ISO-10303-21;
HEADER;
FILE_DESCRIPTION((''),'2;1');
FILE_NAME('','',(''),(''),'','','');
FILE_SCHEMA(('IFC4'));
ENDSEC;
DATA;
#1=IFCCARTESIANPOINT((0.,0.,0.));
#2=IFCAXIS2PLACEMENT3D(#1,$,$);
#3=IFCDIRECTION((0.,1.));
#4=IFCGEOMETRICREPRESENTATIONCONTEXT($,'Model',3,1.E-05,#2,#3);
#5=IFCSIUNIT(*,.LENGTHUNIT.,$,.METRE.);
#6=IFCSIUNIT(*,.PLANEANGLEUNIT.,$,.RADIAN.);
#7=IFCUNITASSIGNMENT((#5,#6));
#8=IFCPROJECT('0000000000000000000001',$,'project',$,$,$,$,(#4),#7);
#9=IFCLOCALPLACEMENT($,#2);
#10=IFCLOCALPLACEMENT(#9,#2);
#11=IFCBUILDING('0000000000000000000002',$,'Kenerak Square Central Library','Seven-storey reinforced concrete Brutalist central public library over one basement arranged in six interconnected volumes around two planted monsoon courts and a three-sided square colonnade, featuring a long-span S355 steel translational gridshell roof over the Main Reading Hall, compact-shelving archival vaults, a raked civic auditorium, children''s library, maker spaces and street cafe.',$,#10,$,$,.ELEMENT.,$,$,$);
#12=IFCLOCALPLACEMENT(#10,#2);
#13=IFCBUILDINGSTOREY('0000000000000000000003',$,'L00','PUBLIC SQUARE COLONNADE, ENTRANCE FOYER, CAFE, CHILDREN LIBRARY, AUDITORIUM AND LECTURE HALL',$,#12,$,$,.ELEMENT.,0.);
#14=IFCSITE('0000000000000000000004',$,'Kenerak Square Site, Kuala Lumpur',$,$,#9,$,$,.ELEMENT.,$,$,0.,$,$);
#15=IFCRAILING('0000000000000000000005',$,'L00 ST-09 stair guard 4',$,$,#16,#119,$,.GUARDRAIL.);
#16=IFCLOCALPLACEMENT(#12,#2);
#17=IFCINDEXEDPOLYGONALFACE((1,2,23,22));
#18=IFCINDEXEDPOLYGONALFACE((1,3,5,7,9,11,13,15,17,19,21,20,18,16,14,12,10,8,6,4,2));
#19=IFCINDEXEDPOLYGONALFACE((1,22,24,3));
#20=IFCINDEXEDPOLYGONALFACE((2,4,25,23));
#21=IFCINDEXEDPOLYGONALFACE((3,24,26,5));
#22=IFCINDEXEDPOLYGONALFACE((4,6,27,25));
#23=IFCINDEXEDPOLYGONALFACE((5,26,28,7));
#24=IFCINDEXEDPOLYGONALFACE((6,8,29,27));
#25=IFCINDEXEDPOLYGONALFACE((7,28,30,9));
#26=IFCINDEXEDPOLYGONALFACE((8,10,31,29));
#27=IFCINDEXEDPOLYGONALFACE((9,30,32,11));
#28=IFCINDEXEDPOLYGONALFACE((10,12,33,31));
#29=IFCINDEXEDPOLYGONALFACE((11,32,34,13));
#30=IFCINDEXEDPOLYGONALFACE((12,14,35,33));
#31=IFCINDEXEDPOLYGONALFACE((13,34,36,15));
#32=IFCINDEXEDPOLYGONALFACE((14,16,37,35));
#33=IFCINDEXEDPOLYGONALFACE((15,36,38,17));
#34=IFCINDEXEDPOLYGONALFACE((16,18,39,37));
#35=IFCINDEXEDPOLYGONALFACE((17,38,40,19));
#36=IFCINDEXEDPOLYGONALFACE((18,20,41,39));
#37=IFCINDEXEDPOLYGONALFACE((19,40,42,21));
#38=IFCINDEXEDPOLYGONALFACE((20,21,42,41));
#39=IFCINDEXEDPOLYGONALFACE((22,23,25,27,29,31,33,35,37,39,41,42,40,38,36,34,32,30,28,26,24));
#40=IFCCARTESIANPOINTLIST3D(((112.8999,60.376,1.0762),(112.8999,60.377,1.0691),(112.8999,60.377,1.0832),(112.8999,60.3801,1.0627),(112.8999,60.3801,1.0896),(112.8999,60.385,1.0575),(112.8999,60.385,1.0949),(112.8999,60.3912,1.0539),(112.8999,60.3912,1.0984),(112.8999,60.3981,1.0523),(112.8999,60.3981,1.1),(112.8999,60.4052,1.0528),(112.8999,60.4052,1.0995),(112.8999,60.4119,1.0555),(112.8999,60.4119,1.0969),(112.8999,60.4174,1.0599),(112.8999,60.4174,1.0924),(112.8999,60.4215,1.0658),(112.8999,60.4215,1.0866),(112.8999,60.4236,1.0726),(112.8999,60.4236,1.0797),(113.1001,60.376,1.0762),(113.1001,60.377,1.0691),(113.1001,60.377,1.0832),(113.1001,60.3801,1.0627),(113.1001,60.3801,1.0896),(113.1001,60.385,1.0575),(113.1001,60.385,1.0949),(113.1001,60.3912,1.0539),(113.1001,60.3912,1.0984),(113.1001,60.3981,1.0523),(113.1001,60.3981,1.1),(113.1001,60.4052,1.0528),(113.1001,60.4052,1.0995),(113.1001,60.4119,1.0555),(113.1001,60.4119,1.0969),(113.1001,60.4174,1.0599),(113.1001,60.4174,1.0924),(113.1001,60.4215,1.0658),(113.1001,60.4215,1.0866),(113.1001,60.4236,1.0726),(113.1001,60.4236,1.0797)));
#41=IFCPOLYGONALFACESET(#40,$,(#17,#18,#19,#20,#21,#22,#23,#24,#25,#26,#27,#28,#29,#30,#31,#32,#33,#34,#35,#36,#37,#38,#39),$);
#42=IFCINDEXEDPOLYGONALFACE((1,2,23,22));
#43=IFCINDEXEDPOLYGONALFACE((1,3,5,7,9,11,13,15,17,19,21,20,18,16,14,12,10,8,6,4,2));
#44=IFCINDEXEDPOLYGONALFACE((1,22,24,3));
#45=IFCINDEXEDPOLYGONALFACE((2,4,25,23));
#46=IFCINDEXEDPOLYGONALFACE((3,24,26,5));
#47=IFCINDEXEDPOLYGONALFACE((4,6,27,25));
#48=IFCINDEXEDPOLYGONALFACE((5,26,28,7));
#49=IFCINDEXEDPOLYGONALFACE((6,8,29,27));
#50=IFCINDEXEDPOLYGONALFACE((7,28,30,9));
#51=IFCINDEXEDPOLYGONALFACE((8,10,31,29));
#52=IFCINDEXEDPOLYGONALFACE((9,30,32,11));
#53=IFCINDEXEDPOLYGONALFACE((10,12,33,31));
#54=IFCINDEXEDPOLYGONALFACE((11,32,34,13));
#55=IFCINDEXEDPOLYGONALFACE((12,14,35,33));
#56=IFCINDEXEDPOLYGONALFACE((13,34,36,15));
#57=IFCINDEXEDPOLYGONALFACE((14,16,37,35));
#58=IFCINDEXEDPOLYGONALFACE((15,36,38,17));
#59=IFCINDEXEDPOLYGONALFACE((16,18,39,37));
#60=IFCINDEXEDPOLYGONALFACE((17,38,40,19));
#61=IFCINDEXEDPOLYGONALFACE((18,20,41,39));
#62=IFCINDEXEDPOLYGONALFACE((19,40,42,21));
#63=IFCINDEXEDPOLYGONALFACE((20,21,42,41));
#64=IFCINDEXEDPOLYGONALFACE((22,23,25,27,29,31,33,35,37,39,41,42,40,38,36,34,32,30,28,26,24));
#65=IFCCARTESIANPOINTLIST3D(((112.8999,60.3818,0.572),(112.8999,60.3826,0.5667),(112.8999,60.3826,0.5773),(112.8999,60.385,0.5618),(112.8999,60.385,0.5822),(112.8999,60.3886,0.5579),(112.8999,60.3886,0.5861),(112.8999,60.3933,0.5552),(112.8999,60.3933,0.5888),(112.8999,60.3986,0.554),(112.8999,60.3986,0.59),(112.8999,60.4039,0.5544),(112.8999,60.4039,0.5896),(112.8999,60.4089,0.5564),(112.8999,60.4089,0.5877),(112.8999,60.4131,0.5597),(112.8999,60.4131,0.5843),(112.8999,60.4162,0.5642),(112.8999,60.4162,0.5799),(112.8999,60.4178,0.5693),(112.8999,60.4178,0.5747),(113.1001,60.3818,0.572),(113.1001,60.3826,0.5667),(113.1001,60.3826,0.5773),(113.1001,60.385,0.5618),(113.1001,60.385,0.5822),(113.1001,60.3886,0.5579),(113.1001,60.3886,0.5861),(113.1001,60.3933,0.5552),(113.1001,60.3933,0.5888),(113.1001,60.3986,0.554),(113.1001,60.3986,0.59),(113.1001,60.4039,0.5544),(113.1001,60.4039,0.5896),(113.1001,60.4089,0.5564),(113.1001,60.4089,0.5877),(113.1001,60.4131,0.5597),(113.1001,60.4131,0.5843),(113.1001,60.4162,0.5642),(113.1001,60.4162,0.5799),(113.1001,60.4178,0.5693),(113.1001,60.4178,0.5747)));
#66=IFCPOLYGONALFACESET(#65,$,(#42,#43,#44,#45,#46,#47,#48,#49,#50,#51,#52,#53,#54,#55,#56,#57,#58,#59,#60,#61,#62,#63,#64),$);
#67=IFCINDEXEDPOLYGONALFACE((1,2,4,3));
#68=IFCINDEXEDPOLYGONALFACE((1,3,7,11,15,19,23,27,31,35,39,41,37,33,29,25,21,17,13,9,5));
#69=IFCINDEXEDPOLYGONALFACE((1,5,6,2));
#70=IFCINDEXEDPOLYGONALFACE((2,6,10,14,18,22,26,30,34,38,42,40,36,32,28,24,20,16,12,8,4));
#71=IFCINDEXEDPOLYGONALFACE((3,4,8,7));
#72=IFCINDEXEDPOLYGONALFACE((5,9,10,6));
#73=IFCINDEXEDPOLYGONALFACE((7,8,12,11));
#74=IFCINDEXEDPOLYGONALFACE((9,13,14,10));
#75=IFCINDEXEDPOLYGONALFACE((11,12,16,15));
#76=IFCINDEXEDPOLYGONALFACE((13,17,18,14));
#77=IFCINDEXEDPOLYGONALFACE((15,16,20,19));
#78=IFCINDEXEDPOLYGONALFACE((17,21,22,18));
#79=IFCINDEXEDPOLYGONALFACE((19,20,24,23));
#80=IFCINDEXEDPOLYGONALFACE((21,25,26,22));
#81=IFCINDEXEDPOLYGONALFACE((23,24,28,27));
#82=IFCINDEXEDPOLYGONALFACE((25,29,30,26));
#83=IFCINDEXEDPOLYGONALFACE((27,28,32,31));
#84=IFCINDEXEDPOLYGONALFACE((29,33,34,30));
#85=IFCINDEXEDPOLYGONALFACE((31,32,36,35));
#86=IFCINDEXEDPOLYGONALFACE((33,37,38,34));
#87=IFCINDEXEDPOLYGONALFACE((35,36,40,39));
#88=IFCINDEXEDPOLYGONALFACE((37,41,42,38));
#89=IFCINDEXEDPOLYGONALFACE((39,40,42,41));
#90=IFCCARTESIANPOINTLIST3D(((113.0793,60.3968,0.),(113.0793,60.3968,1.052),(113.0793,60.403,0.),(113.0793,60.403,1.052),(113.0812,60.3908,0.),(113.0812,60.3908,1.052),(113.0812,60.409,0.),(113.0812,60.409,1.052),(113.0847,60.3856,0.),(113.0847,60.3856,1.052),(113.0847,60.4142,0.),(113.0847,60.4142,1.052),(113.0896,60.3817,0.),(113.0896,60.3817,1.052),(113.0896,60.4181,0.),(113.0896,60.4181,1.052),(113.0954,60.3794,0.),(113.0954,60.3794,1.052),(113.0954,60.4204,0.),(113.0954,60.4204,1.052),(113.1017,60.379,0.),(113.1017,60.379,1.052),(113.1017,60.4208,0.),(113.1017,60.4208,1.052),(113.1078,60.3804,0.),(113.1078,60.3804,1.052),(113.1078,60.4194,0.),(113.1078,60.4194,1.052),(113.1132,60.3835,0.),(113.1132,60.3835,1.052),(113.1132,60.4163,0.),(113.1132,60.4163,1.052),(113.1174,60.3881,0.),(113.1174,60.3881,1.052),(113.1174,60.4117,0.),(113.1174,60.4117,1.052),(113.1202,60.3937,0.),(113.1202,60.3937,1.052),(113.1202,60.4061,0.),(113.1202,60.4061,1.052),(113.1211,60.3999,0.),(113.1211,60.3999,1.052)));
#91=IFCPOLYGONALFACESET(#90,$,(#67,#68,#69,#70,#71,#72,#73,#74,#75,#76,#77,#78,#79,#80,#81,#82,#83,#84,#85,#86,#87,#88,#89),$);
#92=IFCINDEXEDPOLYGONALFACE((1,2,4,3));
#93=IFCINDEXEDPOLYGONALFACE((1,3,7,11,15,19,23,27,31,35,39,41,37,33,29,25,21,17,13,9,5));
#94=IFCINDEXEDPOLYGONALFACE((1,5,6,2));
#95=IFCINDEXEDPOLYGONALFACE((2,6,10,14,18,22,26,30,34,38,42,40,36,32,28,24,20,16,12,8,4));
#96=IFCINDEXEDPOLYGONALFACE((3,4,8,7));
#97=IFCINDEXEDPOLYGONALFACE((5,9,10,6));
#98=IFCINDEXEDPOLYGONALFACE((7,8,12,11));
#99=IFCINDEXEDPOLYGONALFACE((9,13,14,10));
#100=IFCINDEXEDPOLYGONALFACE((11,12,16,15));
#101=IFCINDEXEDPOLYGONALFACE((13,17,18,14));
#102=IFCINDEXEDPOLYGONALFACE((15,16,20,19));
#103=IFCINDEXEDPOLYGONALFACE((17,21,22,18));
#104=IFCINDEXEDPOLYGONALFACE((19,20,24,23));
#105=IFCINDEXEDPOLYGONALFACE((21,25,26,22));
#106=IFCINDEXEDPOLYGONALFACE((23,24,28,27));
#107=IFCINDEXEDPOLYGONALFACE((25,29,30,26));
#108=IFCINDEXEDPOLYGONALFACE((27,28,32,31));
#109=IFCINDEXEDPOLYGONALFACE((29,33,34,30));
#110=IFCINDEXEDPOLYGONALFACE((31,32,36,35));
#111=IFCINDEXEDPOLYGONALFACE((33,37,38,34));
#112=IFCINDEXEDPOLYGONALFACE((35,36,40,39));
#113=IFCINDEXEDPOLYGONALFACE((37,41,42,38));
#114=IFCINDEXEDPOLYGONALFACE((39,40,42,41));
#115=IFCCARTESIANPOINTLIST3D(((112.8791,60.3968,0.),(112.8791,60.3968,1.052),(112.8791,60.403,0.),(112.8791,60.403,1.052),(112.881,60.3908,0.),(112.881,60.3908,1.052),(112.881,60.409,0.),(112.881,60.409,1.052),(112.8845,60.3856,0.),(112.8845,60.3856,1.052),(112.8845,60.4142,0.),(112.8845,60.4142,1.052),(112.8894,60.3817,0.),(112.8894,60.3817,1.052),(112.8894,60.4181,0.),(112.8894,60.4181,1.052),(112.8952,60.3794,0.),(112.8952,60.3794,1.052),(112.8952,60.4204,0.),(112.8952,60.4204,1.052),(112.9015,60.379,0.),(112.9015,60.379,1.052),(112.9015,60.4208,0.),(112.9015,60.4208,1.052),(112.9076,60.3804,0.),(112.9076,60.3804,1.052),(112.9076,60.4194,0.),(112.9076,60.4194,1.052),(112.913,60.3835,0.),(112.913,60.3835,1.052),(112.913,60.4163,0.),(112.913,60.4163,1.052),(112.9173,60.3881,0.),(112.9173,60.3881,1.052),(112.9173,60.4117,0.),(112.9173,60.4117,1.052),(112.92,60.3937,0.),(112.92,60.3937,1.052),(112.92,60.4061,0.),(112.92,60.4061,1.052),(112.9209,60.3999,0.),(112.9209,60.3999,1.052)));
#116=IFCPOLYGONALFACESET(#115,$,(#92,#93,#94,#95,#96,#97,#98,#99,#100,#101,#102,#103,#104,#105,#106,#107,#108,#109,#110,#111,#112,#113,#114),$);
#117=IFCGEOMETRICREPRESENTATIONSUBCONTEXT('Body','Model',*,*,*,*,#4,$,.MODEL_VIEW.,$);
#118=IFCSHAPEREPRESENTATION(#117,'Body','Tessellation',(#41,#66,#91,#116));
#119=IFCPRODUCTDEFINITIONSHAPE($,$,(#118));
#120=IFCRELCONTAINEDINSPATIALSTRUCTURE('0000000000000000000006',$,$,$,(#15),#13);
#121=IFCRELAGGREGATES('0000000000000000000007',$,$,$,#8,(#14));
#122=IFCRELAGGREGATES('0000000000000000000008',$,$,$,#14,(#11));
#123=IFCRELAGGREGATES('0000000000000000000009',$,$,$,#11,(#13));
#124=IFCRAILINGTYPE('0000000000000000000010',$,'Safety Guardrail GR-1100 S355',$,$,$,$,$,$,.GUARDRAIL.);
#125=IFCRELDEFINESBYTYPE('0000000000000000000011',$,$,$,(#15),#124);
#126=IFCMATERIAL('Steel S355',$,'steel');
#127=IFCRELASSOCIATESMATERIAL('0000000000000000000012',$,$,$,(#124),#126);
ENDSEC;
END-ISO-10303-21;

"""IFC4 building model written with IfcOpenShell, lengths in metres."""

from ifc_helpers import new_model, si_unit, direction, frame, origin, origin_2d, place, context, subcontext, project, spatial, circle, extrude, material, type_object, element, save


model = new_model("IFC4")

# Units and contexts
model_context = context("Model", 3, precision=1e-05, world=origin(), true_north=direction((0.0, 1.0)))
body_context = subcontext(model_context, "Body", "Model", "MODEL_VIEW")
ifc_project = project(units=[si_unit("LENGTHUNIT", "METRE"), si_unit("PLANEANGLEUNIT", "RADIAN")], contexts=[model_context])

# Site, building, storey
site_placement = place(None, origin())
site = spatial("IfcSite", under=ifc_project, at=site_placement, Name="Kenerak Square Site, Kuala Lumpur", CompositionType="ELEMENT", RefElevation=0.0)
building_placement = place(site_placement, origin())
building = spatial("IfcBuilding", under=site, at=building_placement, Name="Kenerak Square Central Library", Description="Seven-storey reinforced concrete Brutalist central public library over one basement arranged in six interconnected volumes around two planted monsoon courts and a three-sided square colonnade, featuring a long-span S355 steel translational gridshell roof over the Main Reading Hall, compact-shelving archival vaults, a raked civic auditorium, children's library, maker spaces and street cafe.", CompositionType="ELEMENT")
storey_placement = place(building_placement, origin())
storey = spatial("IfcBuildingStorey", under=building, at=storey_placement, Name="L00", Description="PUBLIC SQUARE COLONNADE, ENTRANCE FOYER, CAFE, CHILDREN LIBRARY, AUDITORIUM AND LECTURE HALL", CompositionType="ELEMENT", Elevation=0.0)

# Shared definitions
ifc_material_1 = material(Name="Steel S355", Category="steel")

# Railing
railing_type_1 = type_object("IfcRailingType", Name="Safety Guardrail GR-1100 S355", PredefinedType="GUARDRAIL", material=ifc_material_1)
railing_1_placement = place(storey_placement, frame((113.1001, 60.3999, 0.0)))
element("IfcRailing", 1, at=railing_1_placement, inside=storey, type_object=railing_type_1, Name="L00 ST-09 stair guard 4", PredefinedType="GUARDRAIL", context=body_context, shape_type="SweptSolid", body=[
    extrude(circle(Radius=0.0239, at=origin_2d()), frame((0.0, 0.0, 1.0762), z_axis=(-1.0, 0.0, 0.0), x_axis=(0.0, -1.0, 0.0)), (0.0, 0.0, 1.0), 0.2002),
    extrude(circle(Radius=0.0181, at=origin_2d()), frame((0.0, 0.0, 0.572), z_axis=(-1.0, 0.0, 0.0), x_axis=(0.0, -1.0, 0.0)), (0.0, 0.0, 1.0), 0.2002),
    extrude(circle(Radius=0.021, at=origin_2d()), origin(), (0.0, 0.0, 1.0), 1.052),
    extrude(circle(Radius=0.021, at=origin_2d()), frame((-0.2002, 0.0, 0.0)), (0.0, 0.0, 1.0), 1.052),
])

save(model, "model.ifc")
